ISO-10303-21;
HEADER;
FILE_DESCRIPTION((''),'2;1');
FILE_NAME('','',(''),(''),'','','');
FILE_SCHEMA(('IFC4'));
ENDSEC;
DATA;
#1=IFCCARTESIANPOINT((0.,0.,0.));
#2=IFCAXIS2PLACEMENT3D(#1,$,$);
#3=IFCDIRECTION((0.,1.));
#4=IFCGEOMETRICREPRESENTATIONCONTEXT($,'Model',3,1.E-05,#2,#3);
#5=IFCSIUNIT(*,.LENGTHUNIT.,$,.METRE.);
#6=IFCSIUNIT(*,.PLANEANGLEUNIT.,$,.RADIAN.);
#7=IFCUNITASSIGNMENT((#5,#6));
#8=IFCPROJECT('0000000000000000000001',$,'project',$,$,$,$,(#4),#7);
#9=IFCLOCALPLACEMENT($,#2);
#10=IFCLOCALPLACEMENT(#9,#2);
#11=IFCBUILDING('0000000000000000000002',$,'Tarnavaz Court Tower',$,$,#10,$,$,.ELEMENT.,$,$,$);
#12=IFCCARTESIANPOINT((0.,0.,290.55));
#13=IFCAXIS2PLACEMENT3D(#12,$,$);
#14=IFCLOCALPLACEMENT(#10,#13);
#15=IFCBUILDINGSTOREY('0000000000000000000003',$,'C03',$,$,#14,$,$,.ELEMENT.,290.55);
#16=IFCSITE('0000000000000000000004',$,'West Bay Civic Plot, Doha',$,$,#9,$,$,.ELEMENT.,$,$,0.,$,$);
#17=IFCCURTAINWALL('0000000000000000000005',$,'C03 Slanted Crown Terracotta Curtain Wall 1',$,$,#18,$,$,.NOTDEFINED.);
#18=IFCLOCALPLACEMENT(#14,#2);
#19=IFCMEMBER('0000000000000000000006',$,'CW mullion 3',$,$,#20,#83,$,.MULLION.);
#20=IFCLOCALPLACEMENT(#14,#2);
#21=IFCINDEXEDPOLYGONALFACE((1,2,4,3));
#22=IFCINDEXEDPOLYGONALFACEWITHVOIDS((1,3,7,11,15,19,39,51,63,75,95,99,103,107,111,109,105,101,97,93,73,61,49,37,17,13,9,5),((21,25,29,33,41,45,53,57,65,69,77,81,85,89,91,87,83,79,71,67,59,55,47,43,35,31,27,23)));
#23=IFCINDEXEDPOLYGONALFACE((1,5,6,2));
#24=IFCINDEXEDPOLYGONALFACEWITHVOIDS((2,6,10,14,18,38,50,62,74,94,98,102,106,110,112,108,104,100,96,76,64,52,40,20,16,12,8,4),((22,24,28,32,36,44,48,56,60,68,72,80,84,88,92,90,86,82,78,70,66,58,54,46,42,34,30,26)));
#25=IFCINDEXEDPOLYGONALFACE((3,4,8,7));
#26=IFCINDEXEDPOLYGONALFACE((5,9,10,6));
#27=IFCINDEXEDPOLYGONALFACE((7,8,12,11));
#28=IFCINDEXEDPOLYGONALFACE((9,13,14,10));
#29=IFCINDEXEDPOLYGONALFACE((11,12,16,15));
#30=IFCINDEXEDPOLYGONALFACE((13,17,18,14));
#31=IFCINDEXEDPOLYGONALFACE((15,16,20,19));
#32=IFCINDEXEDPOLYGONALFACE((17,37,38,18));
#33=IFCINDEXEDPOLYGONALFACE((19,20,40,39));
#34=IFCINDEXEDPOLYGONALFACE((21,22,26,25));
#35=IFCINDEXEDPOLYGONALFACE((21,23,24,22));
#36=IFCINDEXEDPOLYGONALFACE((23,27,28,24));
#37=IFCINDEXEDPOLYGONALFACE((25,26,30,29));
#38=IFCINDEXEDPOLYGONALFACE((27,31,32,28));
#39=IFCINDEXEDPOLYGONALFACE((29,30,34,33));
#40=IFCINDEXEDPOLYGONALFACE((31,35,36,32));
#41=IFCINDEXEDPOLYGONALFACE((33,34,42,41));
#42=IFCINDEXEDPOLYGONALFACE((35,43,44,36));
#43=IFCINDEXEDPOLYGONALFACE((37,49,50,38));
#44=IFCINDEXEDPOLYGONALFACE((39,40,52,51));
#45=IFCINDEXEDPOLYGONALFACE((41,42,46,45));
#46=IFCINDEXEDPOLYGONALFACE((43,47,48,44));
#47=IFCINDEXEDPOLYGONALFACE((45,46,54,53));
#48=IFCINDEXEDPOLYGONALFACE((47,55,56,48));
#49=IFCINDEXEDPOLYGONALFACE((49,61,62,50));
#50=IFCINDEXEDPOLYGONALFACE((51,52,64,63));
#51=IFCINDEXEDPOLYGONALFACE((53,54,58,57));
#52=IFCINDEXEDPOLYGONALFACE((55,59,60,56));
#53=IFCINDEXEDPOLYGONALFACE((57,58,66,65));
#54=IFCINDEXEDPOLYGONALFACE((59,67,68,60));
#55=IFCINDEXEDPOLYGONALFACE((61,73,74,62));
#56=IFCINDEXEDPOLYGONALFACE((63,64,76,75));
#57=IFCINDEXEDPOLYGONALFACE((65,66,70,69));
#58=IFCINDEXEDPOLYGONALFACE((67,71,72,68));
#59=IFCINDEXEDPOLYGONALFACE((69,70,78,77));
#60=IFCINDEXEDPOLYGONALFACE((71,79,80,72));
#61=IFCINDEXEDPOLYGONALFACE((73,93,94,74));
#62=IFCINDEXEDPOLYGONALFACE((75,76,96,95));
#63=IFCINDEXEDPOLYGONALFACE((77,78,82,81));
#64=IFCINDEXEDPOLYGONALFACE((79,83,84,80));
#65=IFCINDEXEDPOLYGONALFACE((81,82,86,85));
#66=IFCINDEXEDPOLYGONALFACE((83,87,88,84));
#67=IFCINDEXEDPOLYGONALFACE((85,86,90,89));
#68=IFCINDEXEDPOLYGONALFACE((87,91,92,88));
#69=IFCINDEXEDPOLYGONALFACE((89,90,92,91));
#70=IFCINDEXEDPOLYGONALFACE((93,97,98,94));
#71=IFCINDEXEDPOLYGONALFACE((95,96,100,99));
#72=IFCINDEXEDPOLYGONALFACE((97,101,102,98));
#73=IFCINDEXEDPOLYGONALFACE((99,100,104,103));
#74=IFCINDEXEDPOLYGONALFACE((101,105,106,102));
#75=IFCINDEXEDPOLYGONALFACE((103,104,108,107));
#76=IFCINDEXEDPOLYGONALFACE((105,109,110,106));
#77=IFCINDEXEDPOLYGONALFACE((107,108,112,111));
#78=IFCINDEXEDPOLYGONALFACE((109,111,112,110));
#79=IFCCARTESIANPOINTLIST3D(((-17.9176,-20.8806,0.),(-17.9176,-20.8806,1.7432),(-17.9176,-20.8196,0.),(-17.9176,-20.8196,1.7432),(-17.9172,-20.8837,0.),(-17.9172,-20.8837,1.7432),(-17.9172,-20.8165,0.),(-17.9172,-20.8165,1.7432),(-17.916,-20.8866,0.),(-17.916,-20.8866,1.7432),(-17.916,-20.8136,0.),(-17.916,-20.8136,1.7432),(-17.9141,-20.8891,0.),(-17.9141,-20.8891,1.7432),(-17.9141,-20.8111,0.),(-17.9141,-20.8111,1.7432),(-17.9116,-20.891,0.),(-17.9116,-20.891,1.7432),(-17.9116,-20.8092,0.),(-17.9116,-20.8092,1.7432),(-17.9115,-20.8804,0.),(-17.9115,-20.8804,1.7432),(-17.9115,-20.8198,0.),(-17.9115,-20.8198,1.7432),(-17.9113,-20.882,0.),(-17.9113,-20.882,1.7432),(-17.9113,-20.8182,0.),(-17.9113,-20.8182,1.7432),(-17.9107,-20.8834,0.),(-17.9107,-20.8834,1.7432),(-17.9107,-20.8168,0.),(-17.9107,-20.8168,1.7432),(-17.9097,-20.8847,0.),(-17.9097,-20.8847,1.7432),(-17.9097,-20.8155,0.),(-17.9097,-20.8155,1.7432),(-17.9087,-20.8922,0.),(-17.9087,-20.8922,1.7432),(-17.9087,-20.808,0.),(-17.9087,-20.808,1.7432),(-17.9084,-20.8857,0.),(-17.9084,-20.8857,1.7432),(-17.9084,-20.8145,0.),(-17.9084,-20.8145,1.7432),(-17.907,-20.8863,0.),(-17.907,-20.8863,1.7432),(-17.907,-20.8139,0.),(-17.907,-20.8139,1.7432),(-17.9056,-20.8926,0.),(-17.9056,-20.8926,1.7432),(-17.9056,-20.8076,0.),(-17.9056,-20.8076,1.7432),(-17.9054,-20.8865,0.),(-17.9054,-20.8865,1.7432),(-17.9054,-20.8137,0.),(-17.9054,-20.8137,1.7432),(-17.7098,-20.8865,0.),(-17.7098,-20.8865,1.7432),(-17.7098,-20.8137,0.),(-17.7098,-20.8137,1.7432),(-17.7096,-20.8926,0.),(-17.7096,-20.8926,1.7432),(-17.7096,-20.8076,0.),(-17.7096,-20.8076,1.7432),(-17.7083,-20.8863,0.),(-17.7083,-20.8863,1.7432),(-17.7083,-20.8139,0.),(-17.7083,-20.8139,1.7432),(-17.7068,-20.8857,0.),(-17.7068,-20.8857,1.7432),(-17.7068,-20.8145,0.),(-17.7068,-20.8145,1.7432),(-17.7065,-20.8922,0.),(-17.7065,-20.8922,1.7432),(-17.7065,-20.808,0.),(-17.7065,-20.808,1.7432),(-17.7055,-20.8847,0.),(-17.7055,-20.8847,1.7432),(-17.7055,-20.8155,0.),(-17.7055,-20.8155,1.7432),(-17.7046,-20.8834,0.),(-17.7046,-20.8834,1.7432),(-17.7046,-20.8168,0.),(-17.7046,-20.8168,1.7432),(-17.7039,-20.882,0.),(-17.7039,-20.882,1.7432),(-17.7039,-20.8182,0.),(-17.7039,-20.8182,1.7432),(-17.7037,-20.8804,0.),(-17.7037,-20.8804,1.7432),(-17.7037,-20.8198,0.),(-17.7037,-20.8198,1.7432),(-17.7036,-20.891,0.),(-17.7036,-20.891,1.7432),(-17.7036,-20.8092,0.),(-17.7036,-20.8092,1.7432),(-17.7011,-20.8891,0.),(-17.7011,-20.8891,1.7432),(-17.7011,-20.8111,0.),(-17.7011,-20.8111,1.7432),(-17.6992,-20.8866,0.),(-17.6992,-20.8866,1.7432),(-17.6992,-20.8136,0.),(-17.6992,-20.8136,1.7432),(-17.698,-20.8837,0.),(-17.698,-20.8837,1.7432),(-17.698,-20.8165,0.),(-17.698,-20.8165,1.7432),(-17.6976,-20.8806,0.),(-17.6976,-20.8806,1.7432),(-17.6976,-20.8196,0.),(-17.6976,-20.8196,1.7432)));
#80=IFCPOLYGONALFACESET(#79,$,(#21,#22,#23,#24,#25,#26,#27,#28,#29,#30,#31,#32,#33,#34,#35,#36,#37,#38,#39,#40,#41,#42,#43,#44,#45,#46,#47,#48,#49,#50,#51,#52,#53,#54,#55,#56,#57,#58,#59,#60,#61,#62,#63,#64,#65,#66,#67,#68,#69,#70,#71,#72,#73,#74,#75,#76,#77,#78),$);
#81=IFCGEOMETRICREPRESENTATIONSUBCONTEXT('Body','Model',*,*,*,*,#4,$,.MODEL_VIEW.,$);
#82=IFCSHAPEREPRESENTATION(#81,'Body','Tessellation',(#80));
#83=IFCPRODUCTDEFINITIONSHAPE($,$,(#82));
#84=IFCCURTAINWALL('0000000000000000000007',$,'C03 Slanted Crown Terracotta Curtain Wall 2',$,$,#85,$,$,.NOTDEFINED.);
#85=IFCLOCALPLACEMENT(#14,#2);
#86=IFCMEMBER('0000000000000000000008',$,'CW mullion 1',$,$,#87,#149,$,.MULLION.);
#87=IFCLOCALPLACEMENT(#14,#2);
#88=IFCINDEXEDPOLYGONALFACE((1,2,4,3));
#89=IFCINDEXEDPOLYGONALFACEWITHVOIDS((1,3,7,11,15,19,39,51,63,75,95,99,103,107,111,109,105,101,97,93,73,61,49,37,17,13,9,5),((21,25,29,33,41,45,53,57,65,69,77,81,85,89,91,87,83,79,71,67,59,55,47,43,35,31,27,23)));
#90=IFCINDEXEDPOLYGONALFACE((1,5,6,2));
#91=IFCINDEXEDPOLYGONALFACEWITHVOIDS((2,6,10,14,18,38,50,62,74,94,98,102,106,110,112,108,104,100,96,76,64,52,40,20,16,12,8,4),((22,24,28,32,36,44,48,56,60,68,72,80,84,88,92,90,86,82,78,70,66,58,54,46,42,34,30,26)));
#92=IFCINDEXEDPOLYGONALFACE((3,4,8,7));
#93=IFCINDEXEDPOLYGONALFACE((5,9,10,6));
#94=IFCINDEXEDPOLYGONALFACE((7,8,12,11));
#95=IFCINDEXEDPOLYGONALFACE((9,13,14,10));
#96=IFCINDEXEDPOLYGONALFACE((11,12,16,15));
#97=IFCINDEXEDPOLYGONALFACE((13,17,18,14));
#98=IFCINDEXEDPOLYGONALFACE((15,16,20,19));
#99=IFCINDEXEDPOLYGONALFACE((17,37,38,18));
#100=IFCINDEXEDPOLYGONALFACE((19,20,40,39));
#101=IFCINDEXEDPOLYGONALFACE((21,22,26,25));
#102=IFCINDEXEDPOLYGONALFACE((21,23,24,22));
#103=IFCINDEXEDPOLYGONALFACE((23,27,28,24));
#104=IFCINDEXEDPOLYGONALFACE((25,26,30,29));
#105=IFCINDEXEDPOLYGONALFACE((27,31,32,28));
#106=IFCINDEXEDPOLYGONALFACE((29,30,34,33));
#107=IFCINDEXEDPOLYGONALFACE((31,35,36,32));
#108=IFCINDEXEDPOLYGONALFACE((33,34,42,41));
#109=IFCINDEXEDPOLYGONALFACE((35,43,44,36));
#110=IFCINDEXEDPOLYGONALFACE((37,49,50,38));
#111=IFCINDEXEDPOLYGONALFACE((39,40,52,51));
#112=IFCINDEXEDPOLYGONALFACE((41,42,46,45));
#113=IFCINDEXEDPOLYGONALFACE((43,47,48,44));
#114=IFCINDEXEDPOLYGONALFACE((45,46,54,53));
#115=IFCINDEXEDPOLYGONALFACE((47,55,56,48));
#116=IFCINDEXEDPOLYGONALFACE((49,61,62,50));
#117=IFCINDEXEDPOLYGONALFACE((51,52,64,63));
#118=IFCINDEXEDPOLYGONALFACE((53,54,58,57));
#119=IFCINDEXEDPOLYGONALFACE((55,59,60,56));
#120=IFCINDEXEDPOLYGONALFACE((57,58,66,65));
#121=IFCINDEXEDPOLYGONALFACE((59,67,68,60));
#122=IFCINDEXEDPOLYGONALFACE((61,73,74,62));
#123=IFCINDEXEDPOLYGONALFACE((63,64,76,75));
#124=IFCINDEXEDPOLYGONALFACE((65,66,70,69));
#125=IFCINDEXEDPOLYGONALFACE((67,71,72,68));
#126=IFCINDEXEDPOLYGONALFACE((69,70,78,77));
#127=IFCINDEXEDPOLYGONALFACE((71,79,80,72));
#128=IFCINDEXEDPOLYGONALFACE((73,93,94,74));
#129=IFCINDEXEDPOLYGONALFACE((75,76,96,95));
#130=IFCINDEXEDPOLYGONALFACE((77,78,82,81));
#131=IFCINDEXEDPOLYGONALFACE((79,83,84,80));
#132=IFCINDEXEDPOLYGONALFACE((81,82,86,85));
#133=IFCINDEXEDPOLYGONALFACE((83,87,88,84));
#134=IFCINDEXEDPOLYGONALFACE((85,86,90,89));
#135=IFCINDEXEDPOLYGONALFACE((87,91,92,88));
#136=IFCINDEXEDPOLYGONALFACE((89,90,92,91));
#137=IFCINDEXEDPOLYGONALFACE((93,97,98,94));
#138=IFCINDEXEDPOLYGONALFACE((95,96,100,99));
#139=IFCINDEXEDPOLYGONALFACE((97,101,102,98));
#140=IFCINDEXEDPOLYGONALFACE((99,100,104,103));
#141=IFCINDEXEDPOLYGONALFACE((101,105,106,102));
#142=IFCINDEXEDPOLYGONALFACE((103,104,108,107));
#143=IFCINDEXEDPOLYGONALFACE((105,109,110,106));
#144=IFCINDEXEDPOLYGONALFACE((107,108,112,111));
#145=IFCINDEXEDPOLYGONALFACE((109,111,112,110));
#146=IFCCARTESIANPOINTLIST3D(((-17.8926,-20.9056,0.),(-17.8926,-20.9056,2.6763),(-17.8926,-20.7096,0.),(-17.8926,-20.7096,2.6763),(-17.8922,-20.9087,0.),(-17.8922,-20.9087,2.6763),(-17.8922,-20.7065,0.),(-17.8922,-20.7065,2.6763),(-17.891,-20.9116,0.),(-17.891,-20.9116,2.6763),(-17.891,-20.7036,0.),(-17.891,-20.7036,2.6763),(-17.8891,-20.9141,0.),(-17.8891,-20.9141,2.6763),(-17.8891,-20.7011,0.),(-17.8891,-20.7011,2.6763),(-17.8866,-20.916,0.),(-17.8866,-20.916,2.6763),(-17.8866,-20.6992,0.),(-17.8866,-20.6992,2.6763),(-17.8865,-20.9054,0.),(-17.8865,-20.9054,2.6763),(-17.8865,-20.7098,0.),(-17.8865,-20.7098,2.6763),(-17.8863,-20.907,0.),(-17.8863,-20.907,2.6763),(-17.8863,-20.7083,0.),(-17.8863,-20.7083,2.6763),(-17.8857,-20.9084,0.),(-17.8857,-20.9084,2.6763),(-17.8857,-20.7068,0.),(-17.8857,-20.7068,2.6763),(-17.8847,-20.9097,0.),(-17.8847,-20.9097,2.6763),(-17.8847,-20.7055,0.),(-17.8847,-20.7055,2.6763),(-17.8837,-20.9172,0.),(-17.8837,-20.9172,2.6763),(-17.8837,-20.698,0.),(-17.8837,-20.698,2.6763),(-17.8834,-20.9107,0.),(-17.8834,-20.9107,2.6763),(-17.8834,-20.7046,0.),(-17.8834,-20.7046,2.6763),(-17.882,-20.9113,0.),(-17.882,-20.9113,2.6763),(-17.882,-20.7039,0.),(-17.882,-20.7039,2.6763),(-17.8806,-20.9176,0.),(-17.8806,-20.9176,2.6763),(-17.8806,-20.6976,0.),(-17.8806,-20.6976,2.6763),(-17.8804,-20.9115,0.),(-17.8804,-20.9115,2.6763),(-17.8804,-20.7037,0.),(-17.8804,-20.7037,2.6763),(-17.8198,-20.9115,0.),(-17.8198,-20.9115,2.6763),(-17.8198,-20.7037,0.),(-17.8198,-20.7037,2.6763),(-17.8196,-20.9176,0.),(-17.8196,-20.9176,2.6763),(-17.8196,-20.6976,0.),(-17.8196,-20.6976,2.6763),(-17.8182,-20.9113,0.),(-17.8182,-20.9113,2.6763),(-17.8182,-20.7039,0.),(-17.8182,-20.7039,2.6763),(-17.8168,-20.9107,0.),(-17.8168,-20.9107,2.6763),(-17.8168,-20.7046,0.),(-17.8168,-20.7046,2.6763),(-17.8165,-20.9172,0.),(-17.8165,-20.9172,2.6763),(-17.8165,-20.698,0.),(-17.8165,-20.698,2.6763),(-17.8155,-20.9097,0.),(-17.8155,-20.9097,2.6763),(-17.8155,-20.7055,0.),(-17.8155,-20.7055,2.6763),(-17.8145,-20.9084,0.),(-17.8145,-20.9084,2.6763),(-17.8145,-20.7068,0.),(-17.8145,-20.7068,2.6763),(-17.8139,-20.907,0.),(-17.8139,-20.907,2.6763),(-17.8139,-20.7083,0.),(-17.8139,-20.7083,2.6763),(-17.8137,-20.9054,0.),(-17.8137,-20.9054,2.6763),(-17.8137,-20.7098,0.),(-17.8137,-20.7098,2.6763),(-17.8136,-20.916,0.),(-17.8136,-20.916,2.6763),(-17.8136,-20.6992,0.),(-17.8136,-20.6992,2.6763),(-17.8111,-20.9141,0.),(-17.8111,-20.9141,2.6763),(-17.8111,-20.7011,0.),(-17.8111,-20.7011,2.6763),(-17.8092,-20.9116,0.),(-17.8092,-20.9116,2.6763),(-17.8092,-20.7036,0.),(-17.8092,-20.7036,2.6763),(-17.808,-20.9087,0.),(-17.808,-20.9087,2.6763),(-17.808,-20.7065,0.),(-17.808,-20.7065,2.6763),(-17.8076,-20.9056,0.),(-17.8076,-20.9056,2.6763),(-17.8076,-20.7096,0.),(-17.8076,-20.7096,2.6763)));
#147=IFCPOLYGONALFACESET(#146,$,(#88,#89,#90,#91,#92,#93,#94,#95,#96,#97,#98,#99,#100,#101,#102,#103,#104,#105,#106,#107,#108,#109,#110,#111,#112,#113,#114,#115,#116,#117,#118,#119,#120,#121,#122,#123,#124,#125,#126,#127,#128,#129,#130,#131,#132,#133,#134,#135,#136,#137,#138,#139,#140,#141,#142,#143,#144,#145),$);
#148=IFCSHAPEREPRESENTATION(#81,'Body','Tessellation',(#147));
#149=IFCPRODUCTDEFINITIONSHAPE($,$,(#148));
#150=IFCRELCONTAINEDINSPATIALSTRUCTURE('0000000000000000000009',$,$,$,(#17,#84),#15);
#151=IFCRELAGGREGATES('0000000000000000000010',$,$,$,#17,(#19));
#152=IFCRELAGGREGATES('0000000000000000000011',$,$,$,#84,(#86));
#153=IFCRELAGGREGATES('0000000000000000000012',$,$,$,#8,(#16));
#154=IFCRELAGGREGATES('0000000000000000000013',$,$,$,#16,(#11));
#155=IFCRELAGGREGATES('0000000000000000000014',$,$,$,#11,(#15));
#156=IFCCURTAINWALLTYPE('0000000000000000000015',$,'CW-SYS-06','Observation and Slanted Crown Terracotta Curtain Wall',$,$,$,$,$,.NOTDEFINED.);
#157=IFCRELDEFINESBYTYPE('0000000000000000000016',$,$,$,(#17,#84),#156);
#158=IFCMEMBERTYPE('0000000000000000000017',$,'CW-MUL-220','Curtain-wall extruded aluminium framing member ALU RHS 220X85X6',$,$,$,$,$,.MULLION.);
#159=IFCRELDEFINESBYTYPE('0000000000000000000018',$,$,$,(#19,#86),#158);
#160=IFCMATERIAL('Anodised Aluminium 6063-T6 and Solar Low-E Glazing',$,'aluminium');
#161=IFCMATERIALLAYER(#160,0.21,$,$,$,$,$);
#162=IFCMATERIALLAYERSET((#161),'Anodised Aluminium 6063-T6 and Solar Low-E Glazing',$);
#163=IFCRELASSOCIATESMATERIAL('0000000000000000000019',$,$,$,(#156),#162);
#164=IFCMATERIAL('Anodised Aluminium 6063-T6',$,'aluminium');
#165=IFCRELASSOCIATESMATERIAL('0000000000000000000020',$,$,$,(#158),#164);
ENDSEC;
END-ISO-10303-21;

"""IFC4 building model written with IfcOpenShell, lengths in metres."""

from ifc_helpers import new_model, si_unit, direction, frame, origin, origin_2d, place, context, subcontext, project, spatial, hollow_rectangle, extrude, material, layer, layer_set, material_profile, profile_set, type_object, element, aggregate, save


model = new_model("IFC4")

# Units and contexts
model_context = context("Model", 3, precision=1e-05, world=origin(), true_north=direction((0.0, 1.0)))
body_context = subcontext(model_context, "Body", "Model", "MODEL_VIEW")
ifc_project = project(units=[si_unit("LENGTHUNIT", "METRE"), si_unit("PLANEANGLEUNIT", "RADIAN")], contexts=[model_context])

# Site, building, storey
site_placement = place(None, origin())
site = spatial("IfcSite", under=ifc_project, at=site_placement, Name="West Bay Civic Plot, Doha", CompositionType="ELEMENT", RefElevation=0.0)
building_placement = place(site_placement, origin())
building = spatial("IfcBuilding", under=site, at=building_placement, Name="Tarnavaz Court Tower", CompositionType="ELEMENT")
storey_placement = place(building_placement, frame((0.0, 0.0, 290.55)))
storey = spatial("IfcBuildingStorey", under=building, at=storey_placement, Name="C03", CompositionType="ELEMENT", Elevation=290.55)

# Curtain walls, members
ifc_material_1 = material(Name="Anodised Aluminium 6063-T6 and Solar Low-E Glazing", Category="aluminium")
ifc_layer_1 = layer(ifc_material_1, 0.21)
ifc_layer_set_1 = layer_set([ifc_layer_1], Name="Anodised Aluminium 6063-T6 and Solar Low-E Glazing")
curtain_wall_type = type_object("IfcCurtainWallType", Name="CW-SYS-06", Description="Observation and Slanted Crown Terracotta Curtain Wall", PredefinedType="NOTDEFINED", material=ifc_layer_set_1)
curtain_wall_1_placement = place(storey_placement, origin())
curtain_wall_1 = element("IfcCurtainWall", 1, at=curtain_wall_1_placement, inside=storey, type_object=curtain_wall_type, Name="C03 Slanted Crown Terracotta Curtain Wall 1", PredefinedType="NOTDEFINED")
ifc_material_2 = material(Name="Anodised Aluminium 6063-T6", Category="aluminium")
ifc_material_profile_1 = material_profile(ifc_material_2, hollow_rectangle(XDim=0.085, YDim=0.22, WallThickness=0.0061, InnerFilletRadius=0.0061, OuterFilletRadius=0.012, at=origin_2d()), Name="ALU RHS 220X85X6")
ifc_profile_set_1 = profile_set([ifc_material_profile_1], Name="Anodised Aluminium 6063-T6")
member_type_1 = type_object("IfcMemberType", Name="CW-MUL-220", Description="Curtain-wall extruded aluminium framing member ALU RHS 220X85X6", PredefinedType="MULLION", material=ifc_profile_set_1)
member_1_placement = place(storey_placement, frame((-17.8076, -20.8501, 0.0), z_axis=(0.0, 0.0, 1.0), x_axis=(0.0, -1.0, 0.0)))
member_1 = element("IfcMember", 2, at=member_1_placement, type_object=member_type_1, Name="CW mullion 3", PredefinedType="MULLION", context=body_context, shape_type="SweptSolid", body=[
    extrude(hollow_rectangle(XDim=0.085, YDim=0.22, WallThickness=0.0061, InnerFilletRadius=0.0061, OuterFilletRadius=0.012, at=origin_2d()), origin(), (0.0, 0.0, 1.0), 1.7432),
])
curtain_wall_2_placement = place(storey_placement, origin())
curtain_wall_2 = element("IfcCurtainWall", 3, at=curtain_wall_2_placement, inside=storey, type_object=curtain_wall_type, Name="C03 Slanted Crown Terracotta Curtain Wall 2", PredefinedType="NOTDEFINED")
member_2_placement = place(storey_placement, frame((-17.8501, -20.8076, 0.0), z_axis=(0.0, 0.0, 1.0), x_axis=(-1.0, 0.0, 0.0)))
member_2 = element("IfcMember", 4, at=member_2_placement, type_object=member_type_1, Name="CW mullion 1", PredefinedType="MULLION", context=body_context, shape_type="SweptSolid", body=[
    extrude(hollow_rectangle(XDim=0.085, YDim=0.22, WallThickness=0.0061, InnerFilletRadius=0.0061, OuterFilletRadius=0.012, at=origin_2d()), origin(), (0.0, 0.0, 1.0), 2.6763),
])

aggregate(curtain_wall_1, [member_1])
aggregate(curtain_wall_2, [member_2])

save(model, "model.ifc")
